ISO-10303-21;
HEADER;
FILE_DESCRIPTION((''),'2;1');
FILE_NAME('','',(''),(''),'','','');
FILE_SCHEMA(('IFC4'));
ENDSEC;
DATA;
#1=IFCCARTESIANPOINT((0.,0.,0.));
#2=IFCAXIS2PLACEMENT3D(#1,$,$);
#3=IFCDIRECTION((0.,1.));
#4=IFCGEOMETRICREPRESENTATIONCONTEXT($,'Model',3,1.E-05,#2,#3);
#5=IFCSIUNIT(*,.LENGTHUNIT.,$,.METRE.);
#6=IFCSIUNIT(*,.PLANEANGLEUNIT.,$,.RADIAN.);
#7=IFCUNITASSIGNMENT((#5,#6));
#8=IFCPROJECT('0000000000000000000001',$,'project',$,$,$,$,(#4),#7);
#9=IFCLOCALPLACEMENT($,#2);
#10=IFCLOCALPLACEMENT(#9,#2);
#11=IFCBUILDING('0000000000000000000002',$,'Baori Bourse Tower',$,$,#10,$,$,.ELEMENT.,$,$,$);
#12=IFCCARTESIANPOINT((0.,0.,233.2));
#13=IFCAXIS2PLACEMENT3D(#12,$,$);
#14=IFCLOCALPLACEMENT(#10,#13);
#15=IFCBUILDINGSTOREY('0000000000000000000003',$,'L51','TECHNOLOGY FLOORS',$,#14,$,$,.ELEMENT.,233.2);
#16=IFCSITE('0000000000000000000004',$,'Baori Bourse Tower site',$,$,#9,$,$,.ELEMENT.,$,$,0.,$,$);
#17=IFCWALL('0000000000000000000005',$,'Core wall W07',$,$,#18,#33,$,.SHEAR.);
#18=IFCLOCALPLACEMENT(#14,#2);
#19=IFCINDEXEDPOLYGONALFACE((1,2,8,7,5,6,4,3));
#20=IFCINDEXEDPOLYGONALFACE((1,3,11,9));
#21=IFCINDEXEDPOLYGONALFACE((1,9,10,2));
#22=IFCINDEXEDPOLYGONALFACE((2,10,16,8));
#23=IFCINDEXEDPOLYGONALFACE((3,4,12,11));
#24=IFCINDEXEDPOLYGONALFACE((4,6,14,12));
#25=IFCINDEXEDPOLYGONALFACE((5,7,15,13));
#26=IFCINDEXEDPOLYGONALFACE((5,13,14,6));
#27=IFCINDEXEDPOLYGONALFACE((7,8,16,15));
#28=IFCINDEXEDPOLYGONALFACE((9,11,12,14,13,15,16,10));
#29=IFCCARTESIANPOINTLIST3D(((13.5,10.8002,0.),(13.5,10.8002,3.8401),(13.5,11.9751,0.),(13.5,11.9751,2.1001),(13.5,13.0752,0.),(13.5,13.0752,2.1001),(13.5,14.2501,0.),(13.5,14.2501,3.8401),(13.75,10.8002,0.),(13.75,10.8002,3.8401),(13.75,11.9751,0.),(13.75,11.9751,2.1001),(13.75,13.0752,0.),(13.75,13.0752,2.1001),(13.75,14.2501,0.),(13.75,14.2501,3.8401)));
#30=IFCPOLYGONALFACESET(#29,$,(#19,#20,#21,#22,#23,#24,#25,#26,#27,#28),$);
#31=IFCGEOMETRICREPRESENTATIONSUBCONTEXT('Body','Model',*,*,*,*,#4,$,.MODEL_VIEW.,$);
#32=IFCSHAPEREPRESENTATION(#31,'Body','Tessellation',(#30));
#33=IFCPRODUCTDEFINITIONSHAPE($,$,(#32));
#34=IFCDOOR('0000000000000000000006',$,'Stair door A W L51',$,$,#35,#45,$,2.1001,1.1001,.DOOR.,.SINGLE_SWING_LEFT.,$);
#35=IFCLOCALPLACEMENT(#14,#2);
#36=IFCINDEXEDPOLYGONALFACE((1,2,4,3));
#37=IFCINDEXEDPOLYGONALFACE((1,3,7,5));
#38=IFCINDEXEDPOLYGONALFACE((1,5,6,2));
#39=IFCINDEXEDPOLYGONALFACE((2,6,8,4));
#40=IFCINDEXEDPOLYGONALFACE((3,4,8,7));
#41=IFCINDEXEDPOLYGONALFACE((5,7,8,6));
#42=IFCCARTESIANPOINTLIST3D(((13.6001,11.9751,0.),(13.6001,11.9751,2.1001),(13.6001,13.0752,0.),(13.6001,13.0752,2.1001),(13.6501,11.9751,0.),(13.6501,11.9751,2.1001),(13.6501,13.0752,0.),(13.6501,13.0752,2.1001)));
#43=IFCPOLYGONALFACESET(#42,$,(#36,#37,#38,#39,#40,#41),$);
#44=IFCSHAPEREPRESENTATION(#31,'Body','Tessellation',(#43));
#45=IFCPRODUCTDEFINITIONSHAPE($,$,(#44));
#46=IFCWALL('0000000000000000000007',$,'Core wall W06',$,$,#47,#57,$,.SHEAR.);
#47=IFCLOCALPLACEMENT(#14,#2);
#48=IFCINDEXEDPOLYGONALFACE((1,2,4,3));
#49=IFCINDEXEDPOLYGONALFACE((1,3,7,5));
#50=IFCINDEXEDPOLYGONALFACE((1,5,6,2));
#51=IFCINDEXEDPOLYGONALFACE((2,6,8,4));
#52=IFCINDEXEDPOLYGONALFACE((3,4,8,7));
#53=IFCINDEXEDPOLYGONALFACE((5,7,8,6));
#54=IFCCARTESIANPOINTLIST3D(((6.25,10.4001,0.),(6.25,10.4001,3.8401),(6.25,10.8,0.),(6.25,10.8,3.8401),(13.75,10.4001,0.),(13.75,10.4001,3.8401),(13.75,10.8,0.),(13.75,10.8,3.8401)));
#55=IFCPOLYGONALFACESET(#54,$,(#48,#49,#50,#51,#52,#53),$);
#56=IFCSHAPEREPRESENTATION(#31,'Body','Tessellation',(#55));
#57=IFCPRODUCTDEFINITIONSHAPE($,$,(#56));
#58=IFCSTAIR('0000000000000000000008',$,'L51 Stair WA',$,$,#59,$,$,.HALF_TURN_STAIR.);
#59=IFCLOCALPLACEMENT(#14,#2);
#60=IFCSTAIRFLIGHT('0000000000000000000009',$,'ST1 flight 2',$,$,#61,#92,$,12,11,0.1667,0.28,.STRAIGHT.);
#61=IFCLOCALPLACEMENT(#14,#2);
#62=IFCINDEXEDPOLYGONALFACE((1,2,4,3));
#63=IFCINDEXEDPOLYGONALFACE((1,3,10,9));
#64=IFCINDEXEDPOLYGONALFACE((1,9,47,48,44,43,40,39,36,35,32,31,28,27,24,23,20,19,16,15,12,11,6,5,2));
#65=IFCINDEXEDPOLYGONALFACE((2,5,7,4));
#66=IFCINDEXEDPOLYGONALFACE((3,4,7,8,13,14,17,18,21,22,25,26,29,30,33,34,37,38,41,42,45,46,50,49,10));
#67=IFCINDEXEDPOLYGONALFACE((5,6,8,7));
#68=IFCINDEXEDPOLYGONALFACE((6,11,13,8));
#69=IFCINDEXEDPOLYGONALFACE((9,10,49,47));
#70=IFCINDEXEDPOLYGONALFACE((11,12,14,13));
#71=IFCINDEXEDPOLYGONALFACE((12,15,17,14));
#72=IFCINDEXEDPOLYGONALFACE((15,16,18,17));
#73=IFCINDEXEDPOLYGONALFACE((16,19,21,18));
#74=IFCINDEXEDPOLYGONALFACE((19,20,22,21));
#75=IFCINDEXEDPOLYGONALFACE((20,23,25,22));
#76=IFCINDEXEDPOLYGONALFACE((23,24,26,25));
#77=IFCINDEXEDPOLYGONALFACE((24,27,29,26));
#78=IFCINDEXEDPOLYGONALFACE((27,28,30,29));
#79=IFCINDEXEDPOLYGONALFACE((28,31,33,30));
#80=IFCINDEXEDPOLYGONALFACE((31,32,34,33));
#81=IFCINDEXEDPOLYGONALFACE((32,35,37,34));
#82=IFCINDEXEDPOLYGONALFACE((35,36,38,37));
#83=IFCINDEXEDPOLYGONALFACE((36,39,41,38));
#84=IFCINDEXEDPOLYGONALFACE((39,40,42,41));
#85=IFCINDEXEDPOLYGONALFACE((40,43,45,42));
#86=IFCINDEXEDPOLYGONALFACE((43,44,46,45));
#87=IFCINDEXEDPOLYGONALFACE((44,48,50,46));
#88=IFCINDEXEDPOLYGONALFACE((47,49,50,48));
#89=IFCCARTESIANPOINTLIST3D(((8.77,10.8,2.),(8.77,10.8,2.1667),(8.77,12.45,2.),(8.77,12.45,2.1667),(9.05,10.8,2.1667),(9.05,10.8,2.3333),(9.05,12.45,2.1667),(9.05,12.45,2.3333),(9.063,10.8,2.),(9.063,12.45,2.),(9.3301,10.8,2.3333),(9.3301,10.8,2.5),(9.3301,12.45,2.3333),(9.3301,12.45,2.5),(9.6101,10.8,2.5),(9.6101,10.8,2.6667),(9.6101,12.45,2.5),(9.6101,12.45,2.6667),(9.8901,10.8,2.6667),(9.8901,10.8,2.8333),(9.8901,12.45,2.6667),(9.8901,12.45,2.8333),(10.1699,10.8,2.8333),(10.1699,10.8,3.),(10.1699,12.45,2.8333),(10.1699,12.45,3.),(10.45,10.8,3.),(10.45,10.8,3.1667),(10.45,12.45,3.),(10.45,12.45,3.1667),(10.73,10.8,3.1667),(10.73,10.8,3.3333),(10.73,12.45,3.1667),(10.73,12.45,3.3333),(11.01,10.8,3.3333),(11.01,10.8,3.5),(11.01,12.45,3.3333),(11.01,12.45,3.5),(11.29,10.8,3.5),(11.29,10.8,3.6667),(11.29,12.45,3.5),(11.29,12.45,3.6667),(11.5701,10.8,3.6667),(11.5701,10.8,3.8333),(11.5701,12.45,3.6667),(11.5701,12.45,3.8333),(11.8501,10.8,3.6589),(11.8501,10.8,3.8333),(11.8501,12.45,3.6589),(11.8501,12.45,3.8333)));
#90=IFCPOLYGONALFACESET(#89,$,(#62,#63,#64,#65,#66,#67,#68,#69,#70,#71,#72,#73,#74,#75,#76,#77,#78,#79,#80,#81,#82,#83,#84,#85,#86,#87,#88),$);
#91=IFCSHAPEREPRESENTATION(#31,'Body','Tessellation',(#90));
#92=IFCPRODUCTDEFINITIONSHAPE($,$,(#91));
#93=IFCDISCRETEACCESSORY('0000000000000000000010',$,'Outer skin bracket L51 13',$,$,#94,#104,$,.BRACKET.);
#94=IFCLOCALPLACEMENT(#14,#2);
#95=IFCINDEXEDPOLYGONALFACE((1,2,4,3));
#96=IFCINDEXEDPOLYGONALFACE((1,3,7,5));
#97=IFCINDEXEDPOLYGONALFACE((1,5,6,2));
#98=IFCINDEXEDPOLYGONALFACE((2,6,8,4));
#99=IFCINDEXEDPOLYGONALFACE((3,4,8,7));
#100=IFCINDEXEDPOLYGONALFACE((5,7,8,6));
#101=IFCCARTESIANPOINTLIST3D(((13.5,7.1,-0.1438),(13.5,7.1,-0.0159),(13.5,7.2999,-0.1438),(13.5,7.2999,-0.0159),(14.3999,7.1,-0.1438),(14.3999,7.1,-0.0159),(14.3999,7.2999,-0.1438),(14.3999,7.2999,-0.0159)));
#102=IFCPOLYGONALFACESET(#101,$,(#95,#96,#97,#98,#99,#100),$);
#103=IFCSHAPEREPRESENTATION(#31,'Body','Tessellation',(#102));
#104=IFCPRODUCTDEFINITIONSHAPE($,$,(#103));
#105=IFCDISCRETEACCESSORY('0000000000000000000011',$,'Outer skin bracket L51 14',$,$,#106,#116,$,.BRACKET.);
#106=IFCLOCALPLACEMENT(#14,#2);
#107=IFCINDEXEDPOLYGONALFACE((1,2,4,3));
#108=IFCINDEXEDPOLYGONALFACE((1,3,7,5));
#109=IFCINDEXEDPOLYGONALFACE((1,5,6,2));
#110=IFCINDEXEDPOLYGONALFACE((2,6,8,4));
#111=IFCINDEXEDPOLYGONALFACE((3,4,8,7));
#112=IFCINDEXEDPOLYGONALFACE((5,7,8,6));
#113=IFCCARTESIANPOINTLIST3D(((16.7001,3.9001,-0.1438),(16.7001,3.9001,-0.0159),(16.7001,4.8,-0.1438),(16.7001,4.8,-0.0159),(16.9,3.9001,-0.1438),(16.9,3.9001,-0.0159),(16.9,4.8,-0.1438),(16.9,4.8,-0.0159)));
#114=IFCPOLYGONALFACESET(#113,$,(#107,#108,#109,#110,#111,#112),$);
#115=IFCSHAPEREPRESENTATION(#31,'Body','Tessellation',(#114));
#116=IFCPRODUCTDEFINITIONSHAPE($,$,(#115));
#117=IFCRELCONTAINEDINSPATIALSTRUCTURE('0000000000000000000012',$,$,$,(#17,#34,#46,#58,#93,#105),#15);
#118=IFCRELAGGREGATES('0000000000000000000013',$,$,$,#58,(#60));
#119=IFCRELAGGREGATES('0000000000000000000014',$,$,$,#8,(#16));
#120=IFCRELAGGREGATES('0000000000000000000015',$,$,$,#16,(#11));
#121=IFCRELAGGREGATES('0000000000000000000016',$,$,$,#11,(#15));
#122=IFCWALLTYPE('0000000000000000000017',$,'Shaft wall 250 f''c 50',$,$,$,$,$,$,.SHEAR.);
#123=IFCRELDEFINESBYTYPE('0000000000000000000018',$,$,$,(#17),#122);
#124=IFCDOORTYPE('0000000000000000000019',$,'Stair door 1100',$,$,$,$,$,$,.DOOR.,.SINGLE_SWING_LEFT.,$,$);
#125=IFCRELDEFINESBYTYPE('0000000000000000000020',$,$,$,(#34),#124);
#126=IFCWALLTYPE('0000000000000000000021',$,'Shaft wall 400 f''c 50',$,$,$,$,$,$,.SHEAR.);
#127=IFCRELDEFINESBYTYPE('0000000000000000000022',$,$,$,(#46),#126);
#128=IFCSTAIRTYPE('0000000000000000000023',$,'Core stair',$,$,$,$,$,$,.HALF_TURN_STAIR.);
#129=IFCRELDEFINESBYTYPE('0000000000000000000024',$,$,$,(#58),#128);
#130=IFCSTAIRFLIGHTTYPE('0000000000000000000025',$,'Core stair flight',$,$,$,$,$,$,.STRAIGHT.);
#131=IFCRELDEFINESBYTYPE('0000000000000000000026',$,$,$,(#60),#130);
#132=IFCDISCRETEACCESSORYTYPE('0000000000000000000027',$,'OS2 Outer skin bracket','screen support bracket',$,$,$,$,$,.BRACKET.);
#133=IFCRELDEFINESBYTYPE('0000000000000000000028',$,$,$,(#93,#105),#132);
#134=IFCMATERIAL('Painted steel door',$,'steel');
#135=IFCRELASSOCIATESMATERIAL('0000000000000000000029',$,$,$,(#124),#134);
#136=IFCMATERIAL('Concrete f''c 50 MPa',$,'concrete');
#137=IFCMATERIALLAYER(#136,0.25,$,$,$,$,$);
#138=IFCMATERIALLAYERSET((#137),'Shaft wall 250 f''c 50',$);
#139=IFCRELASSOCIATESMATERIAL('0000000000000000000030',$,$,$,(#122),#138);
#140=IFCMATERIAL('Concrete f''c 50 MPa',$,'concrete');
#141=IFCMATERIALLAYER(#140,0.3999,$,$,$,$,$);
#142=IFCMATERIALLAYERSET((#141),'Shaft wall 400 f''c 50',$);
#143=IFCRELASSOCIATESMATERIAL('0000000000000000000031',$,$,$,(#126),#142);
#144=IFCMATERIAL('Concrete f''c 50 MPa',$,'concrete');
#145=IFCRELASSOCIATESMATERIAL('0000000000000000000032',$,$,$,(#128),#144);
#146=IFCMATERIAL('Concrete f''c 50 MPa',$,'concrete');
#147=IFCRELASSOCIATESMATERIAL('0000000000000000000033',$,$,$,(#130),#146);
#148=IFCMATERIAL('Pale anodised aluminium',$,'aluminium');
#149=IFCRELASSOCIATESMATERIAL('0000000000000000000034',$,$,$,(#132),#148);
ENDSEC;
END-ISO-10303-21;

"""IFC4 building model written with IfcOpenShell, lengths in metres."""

from ifc_helpers import new_model, si_unit, direction, frame, frame_2d, origin, origin_2d, place, context, subcontext, project, spatial, polyline, rectangle, outline, extrude, material, layer, layer_set, type_object, element, fill, aggregate, save


model = new_model("IFC4")

# Units and contexts
model_context = context("Model", 3, precision=1e-05, world=origin(), true_north=direction((0.0, 1.0)))
body_context = subcontext(model_context, "Body", "Model", "MODEL_VIEW")
ifc_project = project(units=[si_unit("LENGTHUNIT", "METRE"), si_unit("PLANEANGLEUNIT", "RADIAN")], contexts=[model_context])

# Site, building, storey
site_placement = place(None, origin())
site = spatial("IfcSite", under=ifc_project, at=site_placement, Name="Baori Bourse Tower site", CompositionType="ELEMENT", RefElevation=0.0)
building_placement = place(site_placement, origin())
building = spatial("IfcBuilding", under=site, at=building_placement, Name="Baori Bourse Tower", CompositionType="ELEMENT")
storey_placement = place(building_placement, frame((0.0, 0.0, 233.2)))
storey = spatial("IfcBuildingStorey", under=building, at=storey_placement, Name="L51", Description="TECHNOLOGY FLOORS", CompositionType="ELEMENT", Elevation=233.2)

# Wall, opening, door
ifc_material_1 = material(Name="Painted steel door", Category="steel")
door_type_1 = type_object("IfcDoorType", Name="Stair door 1100", OperationType="SINGLE_SWING_LEFT", PredefinedType="DOOR", material=ifc_material_1)
ifc_material_2 = material(Name="Concrete f'c 50 MPa", Category="concrete")
ifc_layer_1 = layer(ifc_material_2, 0.25)
ifc_layer_set_1 = layer_set([ifc_layer_1], Name="Shaft wall 250 f'c 50")
wall_type_1 = type_object("IfcWallType", Name="Shaft wall 250 f'c 50", PredefinedType="SHEAR", material=ifc_layer_set_1)
wall_1_placement = place(storey_placement, frame((13.625, 10.8, 0.0), z_axis=(0.0, 0.0, 1.0), x_axis=(0.0, 1.0, 0.0)))
wall_1 = element("IfcWall", 1, at=wall_1_placement, inside=storey, type_object=wall_type_1, Name="Core wall W07", PredefinedType="SHEAR", context=body_context, shape_type="SweptSolid", body=[
    extrude(rectangle(XDim=3.45, YDim=0.25, at=frame_2d((1.7251, 0.0))), origin(), (0.0, 0.0, 1.0), 3.8401),
])
opening_1_placement = place(wall_1_placement, frame((1.175, 0.0, 0.0)))
opening_1 = element("IfcOpeningElement", 2, at=opening_1_placement, cuts=wall_1, PredefinedType="OPENING", context=body_context, shape_type="SweptSolid", body=[
    extrude(rectangle(XDim=1.1001, YDim=2.1001, at=frame_2d((0.55, 1.05))), frame((0.0, 0.135, 0.0), z_axis=(0.0, -1.0, 0.0), x_axis=(1.0, 0.0, 0.0)), (0.0, 0.0, 1.0), 0.27),
])
door_1_placement = place(opening_1_placement, origin())
door_1 = element("IfcDoor", 3, at=door_1_placement, inside=storey, type_object=door_type_1, Name="Stair door A W L51", OperationType="SINGLE_SWING_LEFT", OverallHeight=2.1001, OverallWidth=1.1001, PredefinedType="DOOR", context=body_context, shape_type="SweptSolid", body=[
    extrude(rectangle(XDim=1.1001, YDim=2.1001, at=frame_2d((0.55, 1.05))), frame((0.0, 0.0249, 0.0), z_axis=(0.0, -1.0, 0.0), x_axis=(1.0, 0.0, 0.0)), (0.0, 0.0, 1.0), 0.05),
])
fill(opening_1, door_1)

# Wall
ifc_material_3 = material(Name="Concrete f'c 50 MPa", Category="concrete")
ifc_layer_2 = layer(ifc_material_3, 0.3999)
ifc_layer_set_2 = layer_set([ifc_layer_2], Name="Shaft wall 400 f'c 50")
wall_type_2 = type_object("IfcWallType", Name="Shaft wall 400 f'c 50", PredefinedType="SHEAR", material=ifc_layer_set_2)
wall_2_placement = place(storey_placement, frame((6.25, 10.6001, 0.0), z_axis=(0.0, 0.0, 1.0), x_axis=(1.0, 0.0, 0.0)))
element("IfcWall", 4, at=wall_2_placement, inside=storey, type_object=wall_type_2, Name="Core wall W06", PredefinedType="SHEAR", context=body_context, shape_type="SweptSolid", body=[
    extrude(rectangle(XDim=7.5, YDim=0.3999, at=frame_2d((3.75, 0.0))), origin(), (0.0, 0.0, 1.0), 3.8401),
])

# Stair, stair flight
ifc_material_4 = material(Name="Concrete f'c 50 MPa", Category="concrete")
stair_type = type_object("IfcStairType", Name="Core stair", PredefinedType="HALF_TURN_STAIR", material=ifc_material_4)
stair_placement = place(storey_placement, origin())
stair = element("IfcStair", 5, at=stair_placement, inside=storey, type_object=stair_type, Name="L51 Stair WA", PredefinedType="HALF_TURN_STAIR")
ifc_material_5 = material(Name="Concrete f'c 50 MPa", Category="concrete")
stair_flight_type = type_object("IfcStairFlightType", Name="Core stair flight", PredefinedType="STRAIGHT", material=ifc_material_5)
stair_flight_placement = place(storey_placement, frame((8.77, 11.625, 2.0), z_axis=(0.0, 0.0, 1.0), x_axis=(1.0, 0.0, 0.0)))
stair_flight = element("IfcStairFlight", 6, at=stair_flight_placement, type_object=stair_flight_type, Name="ST1 flight 2", NumberOfRisers=12, NumberOfTreads=11, PredefinedType="STRAIGHT", RiserHeight=0.1667, TreadLength=0.28, context=body_context, shape_type="SweptSolid", body=[
    extrude(outline(polyline([(0.0, 0.0), (0.0, 0.1667), (0.28, 0.1667), (0.28, 0.3333), (0.5601, 0.3333), (0.5601, 0.5), (0.8401, 0.5), (0.8401, 0.6667), (1.1201, 0.6667), (1.1201, 0.8333), (1.3999, 0.8333), (1.3999, 1.0), (1.6799, 1.0), (1.6799, 1.1667), (1.96, 1.1667), (1.96, 1.3333), (2.24, 1.3333), (2.24, 1.5), (2.52, 1.5), (2.52, 1.6667), (2.8, 1.6667), (2.8, 1.8333), (3.0801, 1.8333), (3.0801, 2.0), (3.0801, 1.6589), (0.293, 0.0), (0.0, 0.0)])), frame((0.0, 0.825, 0.0), z_axis=(0.0, -1.0, 0.0), x_axis=(1.0, 0.0, 0.0)), (0.0, 0.0, 1.0), 1.6499),
])
aggregate(stair, [stair_flight])

# Discrete accessories
ifc_material_6 = material(Name="Pale anodised aluminium", Category="aluminium")
discrete_accessory_type = type_object("IfcDiscreteAccessoryType", Name="OS2 Outer skin bracket", Description="screen support bracket", PredefinedType="BRACKET", material=ifc_material_6)
for number, where, z_axis, x_axis, name in (
    (7, (13.95, 7.2, -0.1438), (0.0, 0.0, 1.0), (0.0, -1.0, 0.0), "Outer skin bracket L51 13"),
    (8, (16.8, 4.3501, -0.1438), (0.0, 0.0, 1.0), (1.0, 0.0, 0.0), "Outer skin bracket L51 14"),
):
    element("IfcDiscreteAccessory", number, at=place(storey_placement, frame(where, z_axis=z_axis, x_axis=x_axis)), inside=storey, type_object=discrete_accessory_type, Name=name, PredefinedType="BRACKET", context=body_context, shape_type="SweptSolid", body=[
        extrude(rectangle(XDim=0.2, YDim=0.8999, at=origin_2d()), origin(), (0.0, 0.0, 1.0), 0.1279),
    ])

save(model, "model.ifc")
